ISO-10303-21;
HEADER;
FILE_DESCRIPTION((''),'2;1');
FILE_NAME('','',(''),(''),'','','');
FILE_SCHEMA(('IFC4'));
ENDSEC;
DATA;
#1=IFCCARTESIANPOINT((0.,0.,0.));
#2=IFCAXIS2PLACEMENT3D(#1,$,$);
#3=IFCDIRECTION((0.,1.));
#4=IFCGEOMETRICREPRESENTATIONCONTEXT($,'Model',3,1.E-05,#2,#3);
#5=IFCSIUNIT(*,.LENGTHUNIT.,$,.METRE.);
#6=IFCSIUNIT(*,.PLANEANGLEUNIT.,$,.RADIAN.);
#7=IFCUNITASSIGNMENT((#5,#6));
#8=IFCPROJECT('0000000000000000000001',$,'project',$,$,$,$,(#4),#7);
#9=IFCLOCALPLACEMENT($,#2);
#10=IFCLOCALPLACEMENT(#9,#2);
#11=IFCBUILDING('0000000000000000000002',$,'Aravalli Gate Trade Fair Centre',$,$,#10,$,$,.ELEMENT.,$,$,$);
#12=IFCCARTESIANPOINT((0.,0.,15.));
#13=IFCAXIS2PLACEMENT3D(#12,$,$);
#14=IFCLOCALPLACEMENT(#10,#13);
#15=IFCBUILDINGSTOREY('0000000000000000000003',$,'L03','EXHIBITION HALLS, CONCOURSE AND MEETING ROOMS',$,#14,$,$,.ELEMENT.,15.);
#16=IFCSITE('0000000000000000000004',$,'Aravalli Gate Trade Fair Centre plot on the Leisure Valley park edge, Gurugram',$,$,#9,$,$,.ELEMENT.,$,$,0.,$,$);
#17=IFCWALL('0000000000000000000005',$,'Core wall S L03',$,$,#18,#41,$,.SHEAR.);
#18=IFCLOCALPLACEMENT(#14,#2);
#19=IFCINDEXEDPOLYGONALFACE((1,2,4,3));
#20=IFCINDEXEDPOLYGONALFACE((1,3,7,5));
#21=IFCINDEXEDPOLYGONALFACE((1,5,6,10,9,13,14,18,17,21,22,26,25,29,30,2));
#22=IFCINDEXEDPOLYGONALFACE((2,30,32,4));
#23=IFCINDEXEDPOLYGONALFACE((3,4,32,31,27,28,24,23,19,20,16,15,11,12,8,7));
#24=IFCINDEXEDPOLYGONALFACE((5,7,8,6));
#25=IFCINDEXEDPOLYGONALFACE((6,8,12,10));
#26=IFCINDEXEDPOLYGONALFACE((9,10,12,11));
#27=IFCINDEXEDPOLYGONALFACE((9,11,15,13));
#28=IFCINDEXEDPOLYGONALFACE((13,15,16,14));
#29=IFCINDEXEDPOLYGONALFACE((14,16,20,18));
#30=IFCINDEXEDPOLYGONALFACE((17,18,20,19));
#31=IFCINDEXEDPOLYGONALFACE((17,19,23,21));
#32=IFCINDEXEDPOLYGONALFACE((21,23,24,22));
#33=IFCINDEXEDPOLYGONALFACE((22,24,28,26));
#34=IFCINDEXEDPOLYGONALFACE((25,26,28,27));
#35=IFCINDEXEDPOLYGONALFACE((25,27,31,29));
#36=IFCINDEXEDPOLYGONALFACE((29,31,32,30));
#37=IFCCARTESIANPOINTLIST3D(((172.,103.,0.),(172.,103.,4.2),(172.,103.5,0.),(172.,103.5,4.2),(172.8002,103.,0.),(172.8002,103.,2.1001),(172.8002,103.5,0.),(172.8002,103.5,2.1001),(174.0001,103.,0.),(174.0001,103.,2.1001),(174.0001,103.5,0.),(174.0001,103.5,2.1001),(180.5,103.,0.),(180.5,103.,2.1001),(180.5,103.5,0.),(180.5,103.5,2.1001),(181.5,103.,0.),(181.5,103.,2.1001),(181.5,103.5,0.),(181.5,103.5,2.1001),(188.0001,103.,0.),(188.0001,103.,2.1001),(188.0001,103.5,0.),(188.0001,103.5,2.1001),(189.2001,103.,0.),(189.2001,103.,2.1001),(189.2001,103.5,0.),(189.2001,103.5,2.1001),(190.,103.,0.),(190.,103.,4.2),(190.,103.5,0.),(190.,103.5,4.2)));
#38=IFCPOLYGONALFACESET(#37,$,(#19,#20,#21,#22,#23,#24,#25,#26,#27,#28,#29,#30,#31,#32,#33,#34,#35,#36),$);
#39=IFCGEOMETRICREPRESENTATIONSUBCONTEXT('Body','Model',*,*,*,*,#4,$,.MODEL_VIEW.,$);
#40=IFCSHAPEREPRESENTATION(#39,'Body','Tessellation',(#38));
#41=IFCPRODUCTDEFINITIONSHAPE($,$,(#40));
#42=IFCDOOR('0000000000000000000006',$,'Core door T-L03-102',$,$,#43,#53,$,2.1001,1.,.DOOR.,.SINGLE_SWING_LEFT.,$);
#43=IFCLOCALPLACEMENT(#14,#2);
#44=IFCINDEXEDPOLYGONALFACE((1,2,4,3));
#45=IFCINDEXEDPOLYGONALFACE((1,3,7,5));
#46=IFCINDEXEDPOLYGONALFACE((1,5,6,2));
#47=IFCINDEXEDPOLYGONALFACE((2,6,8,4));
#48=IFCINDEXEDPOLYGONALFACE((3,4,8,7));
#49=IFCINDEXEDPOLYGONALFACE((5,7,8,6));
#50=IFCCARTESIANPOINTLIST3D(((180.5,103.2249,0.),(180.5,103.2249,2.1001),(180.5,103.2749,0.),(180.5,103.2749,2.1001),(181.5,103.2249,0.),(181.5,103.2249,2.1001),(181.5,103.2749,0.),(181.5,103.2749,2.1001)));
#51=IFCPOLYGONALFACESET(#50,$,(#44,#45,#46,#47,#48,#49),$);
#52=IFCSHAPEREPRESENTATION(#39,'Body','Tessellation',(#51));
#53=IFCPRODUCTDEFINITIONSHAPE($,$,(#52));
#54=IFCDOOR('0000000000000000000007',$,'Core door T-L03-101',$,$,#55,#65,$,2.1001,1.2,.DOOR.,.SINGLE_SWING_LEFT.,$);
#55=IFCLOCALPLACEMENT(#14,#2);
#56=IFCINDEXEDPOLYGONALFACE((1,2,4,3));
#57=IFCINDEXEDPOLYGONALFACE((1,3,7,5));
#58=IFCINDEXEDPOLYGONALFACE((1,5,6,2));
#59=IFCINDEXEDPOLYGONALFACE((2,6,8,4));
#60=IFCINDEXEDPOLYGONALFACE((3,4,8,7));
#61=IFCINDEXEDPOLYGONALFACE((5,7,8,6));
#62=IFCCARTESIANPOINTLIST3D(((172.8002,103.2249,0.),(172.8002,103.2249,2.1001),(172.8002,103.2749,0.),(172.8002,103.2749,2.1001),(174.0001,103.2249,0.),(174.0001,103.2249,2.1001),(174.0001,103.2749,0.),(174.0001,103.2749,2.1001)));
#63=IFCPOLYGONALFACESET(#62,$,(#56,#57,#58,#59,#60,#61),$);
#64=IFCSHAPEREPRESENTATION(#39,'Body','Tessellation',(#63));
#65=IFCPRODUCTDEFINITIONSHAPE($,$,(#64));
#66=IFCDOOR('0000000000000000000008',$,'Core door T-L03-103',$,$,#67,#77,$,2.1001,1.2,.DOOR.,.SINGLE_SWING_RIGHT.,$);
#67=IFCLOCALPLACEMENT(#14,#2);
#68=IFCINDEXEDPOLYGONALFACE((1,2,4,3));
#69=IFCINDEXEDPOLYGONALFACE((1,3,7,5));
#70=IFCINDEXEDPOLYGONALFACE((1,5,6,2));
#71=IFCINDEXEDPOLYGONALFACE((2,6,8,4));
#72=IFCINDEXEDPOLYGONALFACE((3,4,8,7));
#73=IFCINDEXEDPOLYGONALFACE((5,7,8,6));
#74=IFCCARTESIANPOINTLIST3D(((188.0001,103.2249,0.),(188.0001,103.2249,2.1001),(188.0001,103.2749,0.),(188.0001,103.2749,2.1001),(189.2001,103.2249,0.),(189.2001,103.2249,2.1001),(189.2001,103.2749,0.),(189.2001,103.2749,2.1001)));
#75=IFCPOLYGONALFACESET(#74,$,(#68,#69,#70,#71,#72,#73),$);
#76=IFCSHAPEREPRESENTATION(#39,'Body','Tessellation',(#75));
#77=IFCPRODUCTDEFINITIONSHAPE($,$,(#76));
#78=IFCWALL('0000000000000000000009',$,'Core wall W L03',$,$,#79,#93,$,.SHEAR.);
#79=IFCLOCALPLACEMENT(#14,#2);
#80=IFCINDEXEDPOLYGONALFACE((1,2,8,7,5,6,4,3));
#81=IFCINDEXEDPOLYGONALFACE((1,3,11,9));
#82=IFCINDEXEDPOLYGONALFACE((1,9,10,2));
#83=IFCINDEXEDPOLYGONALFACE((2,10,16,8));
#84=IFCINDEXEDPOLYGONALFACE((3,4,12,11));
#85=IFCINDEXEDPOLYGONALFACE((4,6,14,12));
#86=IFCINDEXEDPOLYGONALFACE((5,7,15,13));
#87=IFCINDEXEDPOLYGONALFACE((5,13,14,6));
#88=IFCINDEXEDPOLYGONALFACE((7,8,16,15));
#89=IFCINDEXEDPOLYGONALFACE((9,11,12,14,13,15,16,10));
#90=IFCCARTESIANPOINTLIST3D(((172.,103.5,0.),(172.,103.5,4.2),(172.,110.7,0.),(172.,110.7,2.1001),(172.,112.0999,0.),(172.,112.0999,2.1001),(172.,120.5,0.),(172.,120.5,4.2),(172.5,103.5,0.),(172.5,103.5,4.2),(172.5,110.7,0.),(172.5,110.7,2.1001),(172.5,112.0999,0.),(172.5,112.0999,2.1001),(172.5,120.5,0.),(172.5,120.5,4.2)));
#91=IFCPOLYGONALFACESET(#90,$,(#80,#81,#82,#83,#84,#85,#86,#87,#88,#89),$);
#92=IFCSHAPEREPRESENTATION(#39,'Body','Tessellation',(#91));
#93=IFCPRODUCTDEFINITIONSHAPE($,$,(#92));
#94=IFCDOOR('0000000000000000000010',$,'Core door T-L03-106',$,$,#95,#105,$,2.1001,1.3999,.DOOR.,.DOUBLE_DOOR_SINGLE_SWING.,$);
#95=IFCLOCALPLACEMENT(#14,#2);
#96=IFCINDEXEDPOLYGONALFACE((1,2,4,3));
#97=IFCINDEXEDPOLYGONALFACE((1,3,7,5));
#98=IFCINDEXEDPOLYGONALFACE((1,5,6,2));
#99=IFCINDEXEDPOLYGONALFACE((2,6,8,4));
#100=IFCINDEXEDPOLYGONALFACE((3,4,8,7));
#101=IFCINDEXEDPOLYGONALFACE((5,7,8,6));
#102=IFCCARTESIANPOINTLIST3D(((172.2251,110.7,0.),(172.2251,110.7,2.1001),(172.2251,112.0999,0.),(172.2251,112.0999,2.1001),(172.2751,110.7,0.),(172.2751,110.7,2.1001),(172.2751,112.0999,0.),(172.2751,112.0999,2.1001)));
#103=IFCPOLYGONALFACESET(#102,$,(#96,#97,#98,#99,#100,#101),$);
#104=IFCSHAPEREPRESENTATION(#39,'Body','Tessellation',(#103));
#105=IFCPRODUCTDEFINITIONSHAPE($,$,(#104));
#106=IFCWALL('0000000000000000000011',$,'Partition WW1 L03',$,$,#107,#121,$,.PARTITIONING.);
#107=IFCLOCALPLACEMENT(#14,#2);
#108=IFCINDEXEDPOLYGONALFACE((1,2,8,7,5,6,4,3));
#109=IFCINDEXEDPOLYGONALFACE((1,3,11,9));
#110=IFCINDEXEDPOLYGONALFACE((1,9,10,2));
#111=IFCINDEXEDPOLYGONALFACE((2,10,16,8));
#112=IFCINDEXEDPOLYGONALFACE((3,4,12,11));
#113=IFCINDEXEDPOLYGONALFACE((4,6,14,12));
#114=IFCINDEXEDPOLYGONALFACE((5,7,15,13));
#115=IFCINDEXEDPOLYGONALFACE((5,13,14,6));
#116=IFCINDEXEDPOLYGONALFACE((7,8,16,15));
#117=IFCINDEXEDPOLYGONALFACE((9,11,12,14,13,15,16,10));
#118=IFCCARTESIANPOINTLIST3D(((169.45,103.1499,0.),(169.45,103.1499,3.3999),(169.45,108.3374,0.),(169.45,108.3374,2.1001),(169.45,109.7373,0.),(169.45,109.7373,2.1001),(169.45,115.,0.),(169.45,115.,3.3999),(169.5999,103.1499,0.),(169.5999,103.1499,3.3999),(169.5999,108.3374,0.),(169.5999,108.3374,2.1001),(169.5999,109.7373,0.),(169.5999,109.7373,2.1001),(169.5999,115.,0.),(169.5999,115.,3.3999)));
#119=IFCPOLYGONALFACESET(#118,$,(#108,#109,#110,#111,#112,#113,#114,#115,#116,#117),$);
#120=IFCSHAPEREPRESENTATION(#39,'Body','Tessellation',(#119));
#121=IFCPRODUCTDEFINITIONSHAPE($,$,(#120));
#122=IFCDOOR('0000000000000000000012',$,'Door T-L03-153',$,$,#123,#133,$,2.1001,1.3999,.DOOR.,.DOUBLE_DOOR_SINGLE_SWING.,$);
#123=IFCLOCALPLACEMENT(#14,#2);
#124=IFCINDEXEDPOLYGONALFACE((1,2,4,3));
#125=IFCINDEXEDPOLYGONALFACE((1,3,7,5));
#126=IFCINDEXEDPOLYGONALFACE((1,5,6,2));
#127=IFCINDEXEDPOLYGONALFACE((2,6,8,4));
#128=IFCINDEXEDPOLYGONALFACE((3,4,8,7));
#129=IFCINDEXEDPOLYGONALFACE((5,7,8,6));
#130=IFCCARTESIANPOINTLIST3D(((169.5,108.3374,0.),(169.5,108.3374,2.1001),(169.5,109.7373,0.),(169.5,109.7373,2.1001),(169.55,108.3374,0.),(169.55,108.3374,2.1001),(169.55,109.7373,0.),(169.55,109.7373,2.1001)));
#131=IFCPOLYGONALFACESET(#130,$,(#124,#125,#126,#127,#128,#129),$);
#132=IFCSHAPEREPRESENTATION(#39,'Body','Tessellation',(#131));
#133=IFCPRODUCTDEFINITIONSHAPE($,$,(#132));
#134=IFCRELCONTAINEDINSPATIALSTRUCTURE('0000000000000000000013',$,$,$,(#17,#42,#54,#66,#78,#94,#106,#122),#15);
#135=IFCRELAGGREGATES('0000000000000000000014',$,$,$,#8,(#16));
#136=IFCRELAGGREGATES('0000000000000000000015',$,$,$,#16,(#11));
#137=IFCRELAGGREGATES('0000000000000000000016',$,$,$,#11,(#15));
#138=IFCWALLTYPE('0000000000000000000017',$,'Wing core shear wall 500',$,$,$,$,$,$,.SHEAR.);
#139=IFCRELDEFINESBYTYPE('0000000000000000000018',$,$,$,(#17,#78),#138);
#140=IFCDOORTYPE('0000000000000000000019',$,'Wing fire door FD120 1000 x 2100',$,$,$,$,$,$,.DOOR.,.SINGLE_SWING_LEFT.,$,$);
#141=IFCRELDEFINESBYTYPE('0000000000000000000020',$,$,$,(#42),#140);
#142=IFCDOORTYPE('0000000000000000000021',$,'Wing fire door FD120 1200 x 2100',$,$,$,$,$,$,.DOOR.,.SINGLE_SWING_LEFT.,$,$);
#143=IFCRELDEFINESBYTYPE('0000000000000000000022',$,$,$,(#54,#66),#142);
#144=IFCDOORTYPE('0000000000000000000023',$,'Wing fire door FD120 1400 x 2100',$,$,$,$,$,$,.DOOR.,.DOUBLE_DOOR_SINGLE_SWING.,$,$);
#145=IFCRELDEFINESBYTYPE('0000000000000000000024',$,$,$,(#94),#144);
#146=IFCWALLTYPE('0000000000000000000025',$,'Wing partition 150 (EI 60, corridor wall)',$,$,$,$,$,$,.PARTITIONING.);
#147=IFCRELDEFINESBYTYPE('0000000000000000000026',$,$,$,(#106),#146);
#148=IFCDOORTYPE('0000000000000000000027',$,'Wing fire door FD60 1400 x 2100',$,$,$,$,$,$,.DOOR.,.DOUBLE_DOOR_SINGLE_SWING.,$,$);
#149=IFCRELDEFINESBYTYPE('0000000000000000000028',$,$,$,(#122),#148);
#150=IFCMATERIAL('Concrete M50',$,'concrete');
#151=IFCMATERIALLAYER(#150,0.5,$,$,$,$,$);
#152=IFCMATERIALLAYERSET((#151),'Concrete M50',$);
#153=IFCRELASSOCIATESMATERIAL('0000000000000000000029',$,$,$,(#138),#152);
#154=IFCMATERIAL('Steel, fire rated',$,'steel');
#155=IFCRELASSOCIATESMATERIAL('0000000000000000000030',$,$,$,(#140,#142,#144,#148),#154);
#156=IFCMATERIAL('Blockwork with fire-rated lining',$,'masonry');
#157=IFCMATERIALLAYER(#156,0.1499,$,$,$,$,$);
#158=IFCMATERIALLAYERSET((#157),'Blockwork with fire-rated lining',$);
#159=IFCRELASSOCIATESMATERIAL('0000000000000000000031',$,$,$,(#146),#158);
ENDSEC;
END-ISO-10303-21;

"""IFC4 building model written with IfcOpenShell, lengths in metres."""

from ifc_helpers import new_model, si_unit, direction, frame, frame_2d, origin, place, context, subcontext, project, spatial, rectangle, extrude, material, layer, layer_set, type_object, element, fill, save


model = new_model("IFC4")

# Units and contexts
model_context = context("Model", 3, precision=1e-05, world=origin(), true_north=direction((0.0, 1.0)))
body_context = subcontext(model_context, "Body", "Model", "MODEL_VIEW")
ifc_project = project(units=[si_unit("LENGTHUNIT", "METRE"), si_unit("PLANEANGLEUNIT", "RADIAN")], contexts=[model_context])

# Site, building, storey
site_placement = place(None, origin())
site = spatial("IfcSite", under=ifc_project, at=site_placement, Name="Aravalli Gate Trade Fair Centre plot on the Leisure Valley park edge, Gurugram", CompositionType="ELEMENT", RefElevation=0.0)
building_placement = place(site_placement, origin())
building = spatial("IfcBuilding", under=site, at=building_placement, Name="Aravalli Gate Trade Fair Centre", CompositionType="ELEMENT")
storey_placement = place(building_placement, frame((0.0, 0.0, 15.0)))
storey = spatial("IfcBuildingStorey", under=building, at=storey_placement, Name="L03", Description="EXHIBITION HALLS, CONCOURSE AND MEETING ROOMS", CompositionType="ELEMENT", Elevation=15.0)

# Wall, openings, doors
ifc_material_1 = material(Name="Concrete M50", Category="concrete")
ifc_layer_1 = layer(ifc_material_1, 0.5)
ifc_layer_set_1 = layer_set([ifc_layer_1], Name="Concrete M50")
wall_type_1 = type_object("IfcWallType", Name="Wing core shear wall 500", PredefinedType="SHEAR", material=ifc_layer_set_1)
wall_1_placement = place(storey_placement, frame((172.0, 103.25, 0.0), z_axis=(0.0, 0.0, 1.0), x_axis=(1.0, 0.0, 0.0)))
wall_1 = element("IfcWall", 1, at=wall_1_placement, inside=storey, type_object=wall_type_1, Name="Core wall S L03", PredefinedType="SHEAR", context=body_context, shape_type="SweptSolid", body=[
    extrude(rectangle(XDim=18.0, YDim=0.5, at=frame_2d((9.0, 0.0))), origin(), (0.0, 0.0, 1.0), 4.2),
])
opening_1_placement = place(wall_1_placement, frame((8.5, 0.0, 0.0)))
opening_1 = element("IfcOpeningElement", 2, at=opening_1_placement, cuts=wall_1, PredefinedType="OPENING", context=body_context, shape_type="SweptSolid", body=[
    extrude(rectangle(XDim=1.0, YDim=2.1001, at=frame_2d((0.5, 1.05))), frame((0.0, 0.26, 0.0), z_axis=(0.0, -1.0, 0.0), x_axis=(1.0, 0.0, 0.0)), (0.0, 0.0, 1.0), 0.52),
])
opening_2_placement = place(wall_1_placement, frame((0.8, 0.0, 0.0)))
opening_2 = element("IfcOpeningElement", 3, at=opening_2_placement, cuts=wall_1, PredefinedType="OPENING", context=body_context, shape_type="SweptSolid", body=[
    extrude(rectangle(XDim=1.2, YDim=2.1001, at=frame_2d((0.6001, 1.05))), frame((0.0, 0.26, 0.0), z_axis=(0.0, -1.0, 0.0), x_axis=(1.0, 0.0, 0.0)), (0.0, 0.0, 1.0), 0.52),
])
opening_3_placement = place(wall_1_placement, frame((16.0, 0.0, 0.0)))
opening_3 = element("IfcOpeningElement", 4, at=opening_3_placement, cuts=wall_1, PredefinedType="OPENING", context=body_context, shape_type="SweptSolid", body=[
    extrude(rectangle(XDim=1.2, YDim=2.1001, at=frame_2d((0.6001, 1.05))), frame((0.0, 0.26, 0.0), z_axis=(0.0, -1.0, 0.0), x_axis=(1.0, 0.0, 0.0)), (0.0, 0.0, 1.0), 0.52),
])
ifc_material_2 = material(Name="Steel, fire rated", Category="steel")
door_type_1 = type_object("IfcDoorType", Name="Wing fire door FD120 1000 x 2100", OperationType="SINGLE_SWING_LEFT", PredefinedType="DOOR", material=ifc_material_2)
door_1_placement = place(opening_1_placement, origin())
door_1 = element("IfcDoor", 5, at=door_1_placement, inside=storey, type_object=door_type_1, Name="Core door T-L03-102", OperationType="SINGLE_SWING_LEFT", OverallHeight=2.1001, OverallWidth=1.0, PredefinedType="DOOR", context=body_context, shape_type="SweptSolid", body=[
    extrude(rectangle(XDim=1.0, YDim=2.1001, at=frame_2d((0.5, 1.05))), frame((0.0, 0.0249, 0.0), z_axis=(0.0, -1.0, 0.0), x_axis=(1.0, 0.0, 0.0)), (0.0, 0.0, 1.0), 0.05),
])
fill(opening_1, door_1)
door_type_2 = type_object("IfcDoorType", Name="Wing fire door FD120 1200 x 2100", OperationType="SINGLE_SWING_LEFT", PredefinedType="DOOR", material=ifc_material_2)
door_2_placement = place(opening_2_placement, origin())
door_2 = element("IfcDoor", 6, at=door_2_placement, inside=storey, type_object=door_type_2, Name="Core door T-L03-101", OperationType="SINGLE_SWING_LEFT", OverallHeight=2.1001, OverallWidth=1.2, PredefinedType="DOOR", context=body_context, shape_type="SweptSolid", body=[
    extrude(rectangle(XDim=1.2, YDim=2.1001, at=frame_2d((0.6001, 1.05))), frame((0.0, 0.0249, 0.0), z_axis=(0.0, -1.0, 0.0), x_axis=(1.0, 0.0, 0.0)), (0.0, 0.0, 1.0), 0.05),
])
fill(opening_2, door_2)
door_3_placement = place(opening_3_placement, origin())
door_3 = element("IfcDoor", 7, at=door_3_placement, inside=storey, type_object=door_type_2, Name="Core door T-L03-103", OperationType="SINGLE_SWING_RIGHT", OverallHeight=2.1001, OverallWidth=1.2, PredefinedType="DOOR", context=body_context, shape_type="SweptSolid", body=[
    extrude(rectangle(XDim=1.2, YDim=2.1001, at=frame_2d((0.6001, 1.05))), frame((0.0, 0.0249, 0.0), z_axis=(0.0, -1.0, 0.0), x_axis=(1.0, 0.0, 0.0)), (0.0, 0.0, 1.0), 0.05),
])
fill(opening_3, door_3)

# Walls, openings, doors
wall_2_placement = place(storey_placement, frame((172.25, 103.5, 0.0), z_axis=(0.0, 0.0, 1.0), x_axis=(0.0, 1.0, 0.0)))
wall_2 = element("IfcWall", 8, at=wall_2_placement, inside=storey, type_object=wall_type_1, Name="Core wall W L03", PredefinedType="SHEAR", context=body_context, shape_type="SweptSolid", body=[
    extrude(rectangle(XDim=17.0, YDim=0.5, at=frame_2d((8.5, 0.0))), origin(), (0.0, 0.0, 1.0), 4.2),
])
opening_4_placement = place(wall_2_placement, frame((7.2, 0.0, 0.0)))
opening_4 = element("IfcOpeningElement", 9, at=opening_4_placement, cuts=wall_2, PredefinedType="OPENING", context=body_context, shape_type="SweptSolid", body=[
    extrude(rectangle(XDim=1.3999, YDim=2.1001, at=frame_2d((0.7, 1.05))), frame((0.0, 0.26, 0.0), z_axis=(0.0, -1.0, 0.0), x_axis=(1.0, 0.0, 0.0)), (0.0, 0.0, 1.0), 0.52),
])
door_type_3 = type_object("IfcDoorType", Name="Wing fire door FD120 1400 x 2100", OperationType="DOUBLE_DOOR_SINGLE_SWING", PredefinedType="DOOR", material=ifc_material_2)
door_4_placement = place(opening_4_placement, origin())
door_4 = element("IfcDoor", 10, at=door_4_placement, inside=storey, type_object=door_type_3, Name="Core door T-L03-106", OperationType="DOUBLE_DOOR_SINGLE_SWING", OverallHeight=2.1001, OverallWidth=1.3999, PredefinedType="DOOR", context=body_context, shape_type="SweptSolid", body=[
    extrude(rectangle(XDim=1.3999, YDim=2.1001, at=frame_2d((0.7, 1.05))), frame((0.0, 0.0249, 0.0), z_axis=(0.0, -1.0, 0.0), x_axis=(1.0, 0.0, 0.0)), (0.0, 0.0, 1.0), 0.05),
])
fill(opening_4, door_4)
ifc_material_3 = material(Name="Blockwork with fire-rated lining", Category="masonry")
ifc_layer_2 = layer(ifc_material_3, 0.1499)
ifc_layer_set_2 = layer_set([ifc_layer_2], Name="Blockwork with fire-rated lining")
wall_type_2 = type_object("IfcWallType", Name="Wing partition 150 (EI 60, corridor wall)", PredefinedType="PARTITIONING", material=ifc_layer_set_2)
wall_3_placement = place(storey_placement, frame((169.5249, 103.1499, 0.0), z_axis=(0.0, 0.0, 1.0), x_axis=(0.0, 1.0, 0.0)))
wall_3 = element("IfcWall", 11, at=wall_3_placement, inside=storey, type_object=wall_type_2, Name="Partition WW1 L03", PredefinedType="PARTITIONING", context=body_context, shape_type="SweptSolid", body=[
    extrude(rectangle(XDim=11.8501, YDim=0.1499, at=frame_2d((5.925, 0.0))), origin(), (0.0, 0.0, 1.0), 3.3999),
])
opening_5_placement = place(wall_3_placement, frame((5.1875, 0.0, 0.0)))
opening_5 = element("IfcOpeningElement", 12, at=opening_5_placement, cuts=wall_3, PredefinedType="OPENING", context=body_context, shape_type="SweptSolid", body=[
    extrude(rectangle(XDim=1.3999, YDim=2.1001, at=frame_2d((0.7, 1.05))), frame((0.0, 0.085, 0.0), z_axis=(0.0, -1.0, 0.0), x_axis=(1.0, 0.0, 0.0)), (0.0, 0.0, 1.0), 0.1699),
])
door_type_4 = type_object("IfcDoorType", Name="Wing fire door FD60 1400 x 2100", OperationType="DOUBLE_DOOR_SINGLE_SWING", PredefinedType="DOOR", material=ifc_material_2)
door_5_placement = place(opening_5_placement, origin())
door_5 = element("IfcDoor", 13, at=door_5_placement, inside=storey, type_object=door_type_4, Name="Door T-L03-153", OperationType="DOUBLE_DOOR_SINGLE_SWING", OverallHeight=2.1001, OverallWidth=1.3999, PredefinedType="DOOR", context=body_context, shape_type="SweptSolid", body=[
    extrude(rectangle(XDim=1.3999, YDim=2.1001, at=frame_2d((0.7, 1.05))), frame((0.0, 0.0249, 0.0), z_axis=(0.0, -1.0, 0.0), x_axis=(1.0, 0.0, 0.0)), (0.0, 0.0, 1.0), 0.05),
])
fill(opening_5, door_5)

save(model, "model.ifc")
